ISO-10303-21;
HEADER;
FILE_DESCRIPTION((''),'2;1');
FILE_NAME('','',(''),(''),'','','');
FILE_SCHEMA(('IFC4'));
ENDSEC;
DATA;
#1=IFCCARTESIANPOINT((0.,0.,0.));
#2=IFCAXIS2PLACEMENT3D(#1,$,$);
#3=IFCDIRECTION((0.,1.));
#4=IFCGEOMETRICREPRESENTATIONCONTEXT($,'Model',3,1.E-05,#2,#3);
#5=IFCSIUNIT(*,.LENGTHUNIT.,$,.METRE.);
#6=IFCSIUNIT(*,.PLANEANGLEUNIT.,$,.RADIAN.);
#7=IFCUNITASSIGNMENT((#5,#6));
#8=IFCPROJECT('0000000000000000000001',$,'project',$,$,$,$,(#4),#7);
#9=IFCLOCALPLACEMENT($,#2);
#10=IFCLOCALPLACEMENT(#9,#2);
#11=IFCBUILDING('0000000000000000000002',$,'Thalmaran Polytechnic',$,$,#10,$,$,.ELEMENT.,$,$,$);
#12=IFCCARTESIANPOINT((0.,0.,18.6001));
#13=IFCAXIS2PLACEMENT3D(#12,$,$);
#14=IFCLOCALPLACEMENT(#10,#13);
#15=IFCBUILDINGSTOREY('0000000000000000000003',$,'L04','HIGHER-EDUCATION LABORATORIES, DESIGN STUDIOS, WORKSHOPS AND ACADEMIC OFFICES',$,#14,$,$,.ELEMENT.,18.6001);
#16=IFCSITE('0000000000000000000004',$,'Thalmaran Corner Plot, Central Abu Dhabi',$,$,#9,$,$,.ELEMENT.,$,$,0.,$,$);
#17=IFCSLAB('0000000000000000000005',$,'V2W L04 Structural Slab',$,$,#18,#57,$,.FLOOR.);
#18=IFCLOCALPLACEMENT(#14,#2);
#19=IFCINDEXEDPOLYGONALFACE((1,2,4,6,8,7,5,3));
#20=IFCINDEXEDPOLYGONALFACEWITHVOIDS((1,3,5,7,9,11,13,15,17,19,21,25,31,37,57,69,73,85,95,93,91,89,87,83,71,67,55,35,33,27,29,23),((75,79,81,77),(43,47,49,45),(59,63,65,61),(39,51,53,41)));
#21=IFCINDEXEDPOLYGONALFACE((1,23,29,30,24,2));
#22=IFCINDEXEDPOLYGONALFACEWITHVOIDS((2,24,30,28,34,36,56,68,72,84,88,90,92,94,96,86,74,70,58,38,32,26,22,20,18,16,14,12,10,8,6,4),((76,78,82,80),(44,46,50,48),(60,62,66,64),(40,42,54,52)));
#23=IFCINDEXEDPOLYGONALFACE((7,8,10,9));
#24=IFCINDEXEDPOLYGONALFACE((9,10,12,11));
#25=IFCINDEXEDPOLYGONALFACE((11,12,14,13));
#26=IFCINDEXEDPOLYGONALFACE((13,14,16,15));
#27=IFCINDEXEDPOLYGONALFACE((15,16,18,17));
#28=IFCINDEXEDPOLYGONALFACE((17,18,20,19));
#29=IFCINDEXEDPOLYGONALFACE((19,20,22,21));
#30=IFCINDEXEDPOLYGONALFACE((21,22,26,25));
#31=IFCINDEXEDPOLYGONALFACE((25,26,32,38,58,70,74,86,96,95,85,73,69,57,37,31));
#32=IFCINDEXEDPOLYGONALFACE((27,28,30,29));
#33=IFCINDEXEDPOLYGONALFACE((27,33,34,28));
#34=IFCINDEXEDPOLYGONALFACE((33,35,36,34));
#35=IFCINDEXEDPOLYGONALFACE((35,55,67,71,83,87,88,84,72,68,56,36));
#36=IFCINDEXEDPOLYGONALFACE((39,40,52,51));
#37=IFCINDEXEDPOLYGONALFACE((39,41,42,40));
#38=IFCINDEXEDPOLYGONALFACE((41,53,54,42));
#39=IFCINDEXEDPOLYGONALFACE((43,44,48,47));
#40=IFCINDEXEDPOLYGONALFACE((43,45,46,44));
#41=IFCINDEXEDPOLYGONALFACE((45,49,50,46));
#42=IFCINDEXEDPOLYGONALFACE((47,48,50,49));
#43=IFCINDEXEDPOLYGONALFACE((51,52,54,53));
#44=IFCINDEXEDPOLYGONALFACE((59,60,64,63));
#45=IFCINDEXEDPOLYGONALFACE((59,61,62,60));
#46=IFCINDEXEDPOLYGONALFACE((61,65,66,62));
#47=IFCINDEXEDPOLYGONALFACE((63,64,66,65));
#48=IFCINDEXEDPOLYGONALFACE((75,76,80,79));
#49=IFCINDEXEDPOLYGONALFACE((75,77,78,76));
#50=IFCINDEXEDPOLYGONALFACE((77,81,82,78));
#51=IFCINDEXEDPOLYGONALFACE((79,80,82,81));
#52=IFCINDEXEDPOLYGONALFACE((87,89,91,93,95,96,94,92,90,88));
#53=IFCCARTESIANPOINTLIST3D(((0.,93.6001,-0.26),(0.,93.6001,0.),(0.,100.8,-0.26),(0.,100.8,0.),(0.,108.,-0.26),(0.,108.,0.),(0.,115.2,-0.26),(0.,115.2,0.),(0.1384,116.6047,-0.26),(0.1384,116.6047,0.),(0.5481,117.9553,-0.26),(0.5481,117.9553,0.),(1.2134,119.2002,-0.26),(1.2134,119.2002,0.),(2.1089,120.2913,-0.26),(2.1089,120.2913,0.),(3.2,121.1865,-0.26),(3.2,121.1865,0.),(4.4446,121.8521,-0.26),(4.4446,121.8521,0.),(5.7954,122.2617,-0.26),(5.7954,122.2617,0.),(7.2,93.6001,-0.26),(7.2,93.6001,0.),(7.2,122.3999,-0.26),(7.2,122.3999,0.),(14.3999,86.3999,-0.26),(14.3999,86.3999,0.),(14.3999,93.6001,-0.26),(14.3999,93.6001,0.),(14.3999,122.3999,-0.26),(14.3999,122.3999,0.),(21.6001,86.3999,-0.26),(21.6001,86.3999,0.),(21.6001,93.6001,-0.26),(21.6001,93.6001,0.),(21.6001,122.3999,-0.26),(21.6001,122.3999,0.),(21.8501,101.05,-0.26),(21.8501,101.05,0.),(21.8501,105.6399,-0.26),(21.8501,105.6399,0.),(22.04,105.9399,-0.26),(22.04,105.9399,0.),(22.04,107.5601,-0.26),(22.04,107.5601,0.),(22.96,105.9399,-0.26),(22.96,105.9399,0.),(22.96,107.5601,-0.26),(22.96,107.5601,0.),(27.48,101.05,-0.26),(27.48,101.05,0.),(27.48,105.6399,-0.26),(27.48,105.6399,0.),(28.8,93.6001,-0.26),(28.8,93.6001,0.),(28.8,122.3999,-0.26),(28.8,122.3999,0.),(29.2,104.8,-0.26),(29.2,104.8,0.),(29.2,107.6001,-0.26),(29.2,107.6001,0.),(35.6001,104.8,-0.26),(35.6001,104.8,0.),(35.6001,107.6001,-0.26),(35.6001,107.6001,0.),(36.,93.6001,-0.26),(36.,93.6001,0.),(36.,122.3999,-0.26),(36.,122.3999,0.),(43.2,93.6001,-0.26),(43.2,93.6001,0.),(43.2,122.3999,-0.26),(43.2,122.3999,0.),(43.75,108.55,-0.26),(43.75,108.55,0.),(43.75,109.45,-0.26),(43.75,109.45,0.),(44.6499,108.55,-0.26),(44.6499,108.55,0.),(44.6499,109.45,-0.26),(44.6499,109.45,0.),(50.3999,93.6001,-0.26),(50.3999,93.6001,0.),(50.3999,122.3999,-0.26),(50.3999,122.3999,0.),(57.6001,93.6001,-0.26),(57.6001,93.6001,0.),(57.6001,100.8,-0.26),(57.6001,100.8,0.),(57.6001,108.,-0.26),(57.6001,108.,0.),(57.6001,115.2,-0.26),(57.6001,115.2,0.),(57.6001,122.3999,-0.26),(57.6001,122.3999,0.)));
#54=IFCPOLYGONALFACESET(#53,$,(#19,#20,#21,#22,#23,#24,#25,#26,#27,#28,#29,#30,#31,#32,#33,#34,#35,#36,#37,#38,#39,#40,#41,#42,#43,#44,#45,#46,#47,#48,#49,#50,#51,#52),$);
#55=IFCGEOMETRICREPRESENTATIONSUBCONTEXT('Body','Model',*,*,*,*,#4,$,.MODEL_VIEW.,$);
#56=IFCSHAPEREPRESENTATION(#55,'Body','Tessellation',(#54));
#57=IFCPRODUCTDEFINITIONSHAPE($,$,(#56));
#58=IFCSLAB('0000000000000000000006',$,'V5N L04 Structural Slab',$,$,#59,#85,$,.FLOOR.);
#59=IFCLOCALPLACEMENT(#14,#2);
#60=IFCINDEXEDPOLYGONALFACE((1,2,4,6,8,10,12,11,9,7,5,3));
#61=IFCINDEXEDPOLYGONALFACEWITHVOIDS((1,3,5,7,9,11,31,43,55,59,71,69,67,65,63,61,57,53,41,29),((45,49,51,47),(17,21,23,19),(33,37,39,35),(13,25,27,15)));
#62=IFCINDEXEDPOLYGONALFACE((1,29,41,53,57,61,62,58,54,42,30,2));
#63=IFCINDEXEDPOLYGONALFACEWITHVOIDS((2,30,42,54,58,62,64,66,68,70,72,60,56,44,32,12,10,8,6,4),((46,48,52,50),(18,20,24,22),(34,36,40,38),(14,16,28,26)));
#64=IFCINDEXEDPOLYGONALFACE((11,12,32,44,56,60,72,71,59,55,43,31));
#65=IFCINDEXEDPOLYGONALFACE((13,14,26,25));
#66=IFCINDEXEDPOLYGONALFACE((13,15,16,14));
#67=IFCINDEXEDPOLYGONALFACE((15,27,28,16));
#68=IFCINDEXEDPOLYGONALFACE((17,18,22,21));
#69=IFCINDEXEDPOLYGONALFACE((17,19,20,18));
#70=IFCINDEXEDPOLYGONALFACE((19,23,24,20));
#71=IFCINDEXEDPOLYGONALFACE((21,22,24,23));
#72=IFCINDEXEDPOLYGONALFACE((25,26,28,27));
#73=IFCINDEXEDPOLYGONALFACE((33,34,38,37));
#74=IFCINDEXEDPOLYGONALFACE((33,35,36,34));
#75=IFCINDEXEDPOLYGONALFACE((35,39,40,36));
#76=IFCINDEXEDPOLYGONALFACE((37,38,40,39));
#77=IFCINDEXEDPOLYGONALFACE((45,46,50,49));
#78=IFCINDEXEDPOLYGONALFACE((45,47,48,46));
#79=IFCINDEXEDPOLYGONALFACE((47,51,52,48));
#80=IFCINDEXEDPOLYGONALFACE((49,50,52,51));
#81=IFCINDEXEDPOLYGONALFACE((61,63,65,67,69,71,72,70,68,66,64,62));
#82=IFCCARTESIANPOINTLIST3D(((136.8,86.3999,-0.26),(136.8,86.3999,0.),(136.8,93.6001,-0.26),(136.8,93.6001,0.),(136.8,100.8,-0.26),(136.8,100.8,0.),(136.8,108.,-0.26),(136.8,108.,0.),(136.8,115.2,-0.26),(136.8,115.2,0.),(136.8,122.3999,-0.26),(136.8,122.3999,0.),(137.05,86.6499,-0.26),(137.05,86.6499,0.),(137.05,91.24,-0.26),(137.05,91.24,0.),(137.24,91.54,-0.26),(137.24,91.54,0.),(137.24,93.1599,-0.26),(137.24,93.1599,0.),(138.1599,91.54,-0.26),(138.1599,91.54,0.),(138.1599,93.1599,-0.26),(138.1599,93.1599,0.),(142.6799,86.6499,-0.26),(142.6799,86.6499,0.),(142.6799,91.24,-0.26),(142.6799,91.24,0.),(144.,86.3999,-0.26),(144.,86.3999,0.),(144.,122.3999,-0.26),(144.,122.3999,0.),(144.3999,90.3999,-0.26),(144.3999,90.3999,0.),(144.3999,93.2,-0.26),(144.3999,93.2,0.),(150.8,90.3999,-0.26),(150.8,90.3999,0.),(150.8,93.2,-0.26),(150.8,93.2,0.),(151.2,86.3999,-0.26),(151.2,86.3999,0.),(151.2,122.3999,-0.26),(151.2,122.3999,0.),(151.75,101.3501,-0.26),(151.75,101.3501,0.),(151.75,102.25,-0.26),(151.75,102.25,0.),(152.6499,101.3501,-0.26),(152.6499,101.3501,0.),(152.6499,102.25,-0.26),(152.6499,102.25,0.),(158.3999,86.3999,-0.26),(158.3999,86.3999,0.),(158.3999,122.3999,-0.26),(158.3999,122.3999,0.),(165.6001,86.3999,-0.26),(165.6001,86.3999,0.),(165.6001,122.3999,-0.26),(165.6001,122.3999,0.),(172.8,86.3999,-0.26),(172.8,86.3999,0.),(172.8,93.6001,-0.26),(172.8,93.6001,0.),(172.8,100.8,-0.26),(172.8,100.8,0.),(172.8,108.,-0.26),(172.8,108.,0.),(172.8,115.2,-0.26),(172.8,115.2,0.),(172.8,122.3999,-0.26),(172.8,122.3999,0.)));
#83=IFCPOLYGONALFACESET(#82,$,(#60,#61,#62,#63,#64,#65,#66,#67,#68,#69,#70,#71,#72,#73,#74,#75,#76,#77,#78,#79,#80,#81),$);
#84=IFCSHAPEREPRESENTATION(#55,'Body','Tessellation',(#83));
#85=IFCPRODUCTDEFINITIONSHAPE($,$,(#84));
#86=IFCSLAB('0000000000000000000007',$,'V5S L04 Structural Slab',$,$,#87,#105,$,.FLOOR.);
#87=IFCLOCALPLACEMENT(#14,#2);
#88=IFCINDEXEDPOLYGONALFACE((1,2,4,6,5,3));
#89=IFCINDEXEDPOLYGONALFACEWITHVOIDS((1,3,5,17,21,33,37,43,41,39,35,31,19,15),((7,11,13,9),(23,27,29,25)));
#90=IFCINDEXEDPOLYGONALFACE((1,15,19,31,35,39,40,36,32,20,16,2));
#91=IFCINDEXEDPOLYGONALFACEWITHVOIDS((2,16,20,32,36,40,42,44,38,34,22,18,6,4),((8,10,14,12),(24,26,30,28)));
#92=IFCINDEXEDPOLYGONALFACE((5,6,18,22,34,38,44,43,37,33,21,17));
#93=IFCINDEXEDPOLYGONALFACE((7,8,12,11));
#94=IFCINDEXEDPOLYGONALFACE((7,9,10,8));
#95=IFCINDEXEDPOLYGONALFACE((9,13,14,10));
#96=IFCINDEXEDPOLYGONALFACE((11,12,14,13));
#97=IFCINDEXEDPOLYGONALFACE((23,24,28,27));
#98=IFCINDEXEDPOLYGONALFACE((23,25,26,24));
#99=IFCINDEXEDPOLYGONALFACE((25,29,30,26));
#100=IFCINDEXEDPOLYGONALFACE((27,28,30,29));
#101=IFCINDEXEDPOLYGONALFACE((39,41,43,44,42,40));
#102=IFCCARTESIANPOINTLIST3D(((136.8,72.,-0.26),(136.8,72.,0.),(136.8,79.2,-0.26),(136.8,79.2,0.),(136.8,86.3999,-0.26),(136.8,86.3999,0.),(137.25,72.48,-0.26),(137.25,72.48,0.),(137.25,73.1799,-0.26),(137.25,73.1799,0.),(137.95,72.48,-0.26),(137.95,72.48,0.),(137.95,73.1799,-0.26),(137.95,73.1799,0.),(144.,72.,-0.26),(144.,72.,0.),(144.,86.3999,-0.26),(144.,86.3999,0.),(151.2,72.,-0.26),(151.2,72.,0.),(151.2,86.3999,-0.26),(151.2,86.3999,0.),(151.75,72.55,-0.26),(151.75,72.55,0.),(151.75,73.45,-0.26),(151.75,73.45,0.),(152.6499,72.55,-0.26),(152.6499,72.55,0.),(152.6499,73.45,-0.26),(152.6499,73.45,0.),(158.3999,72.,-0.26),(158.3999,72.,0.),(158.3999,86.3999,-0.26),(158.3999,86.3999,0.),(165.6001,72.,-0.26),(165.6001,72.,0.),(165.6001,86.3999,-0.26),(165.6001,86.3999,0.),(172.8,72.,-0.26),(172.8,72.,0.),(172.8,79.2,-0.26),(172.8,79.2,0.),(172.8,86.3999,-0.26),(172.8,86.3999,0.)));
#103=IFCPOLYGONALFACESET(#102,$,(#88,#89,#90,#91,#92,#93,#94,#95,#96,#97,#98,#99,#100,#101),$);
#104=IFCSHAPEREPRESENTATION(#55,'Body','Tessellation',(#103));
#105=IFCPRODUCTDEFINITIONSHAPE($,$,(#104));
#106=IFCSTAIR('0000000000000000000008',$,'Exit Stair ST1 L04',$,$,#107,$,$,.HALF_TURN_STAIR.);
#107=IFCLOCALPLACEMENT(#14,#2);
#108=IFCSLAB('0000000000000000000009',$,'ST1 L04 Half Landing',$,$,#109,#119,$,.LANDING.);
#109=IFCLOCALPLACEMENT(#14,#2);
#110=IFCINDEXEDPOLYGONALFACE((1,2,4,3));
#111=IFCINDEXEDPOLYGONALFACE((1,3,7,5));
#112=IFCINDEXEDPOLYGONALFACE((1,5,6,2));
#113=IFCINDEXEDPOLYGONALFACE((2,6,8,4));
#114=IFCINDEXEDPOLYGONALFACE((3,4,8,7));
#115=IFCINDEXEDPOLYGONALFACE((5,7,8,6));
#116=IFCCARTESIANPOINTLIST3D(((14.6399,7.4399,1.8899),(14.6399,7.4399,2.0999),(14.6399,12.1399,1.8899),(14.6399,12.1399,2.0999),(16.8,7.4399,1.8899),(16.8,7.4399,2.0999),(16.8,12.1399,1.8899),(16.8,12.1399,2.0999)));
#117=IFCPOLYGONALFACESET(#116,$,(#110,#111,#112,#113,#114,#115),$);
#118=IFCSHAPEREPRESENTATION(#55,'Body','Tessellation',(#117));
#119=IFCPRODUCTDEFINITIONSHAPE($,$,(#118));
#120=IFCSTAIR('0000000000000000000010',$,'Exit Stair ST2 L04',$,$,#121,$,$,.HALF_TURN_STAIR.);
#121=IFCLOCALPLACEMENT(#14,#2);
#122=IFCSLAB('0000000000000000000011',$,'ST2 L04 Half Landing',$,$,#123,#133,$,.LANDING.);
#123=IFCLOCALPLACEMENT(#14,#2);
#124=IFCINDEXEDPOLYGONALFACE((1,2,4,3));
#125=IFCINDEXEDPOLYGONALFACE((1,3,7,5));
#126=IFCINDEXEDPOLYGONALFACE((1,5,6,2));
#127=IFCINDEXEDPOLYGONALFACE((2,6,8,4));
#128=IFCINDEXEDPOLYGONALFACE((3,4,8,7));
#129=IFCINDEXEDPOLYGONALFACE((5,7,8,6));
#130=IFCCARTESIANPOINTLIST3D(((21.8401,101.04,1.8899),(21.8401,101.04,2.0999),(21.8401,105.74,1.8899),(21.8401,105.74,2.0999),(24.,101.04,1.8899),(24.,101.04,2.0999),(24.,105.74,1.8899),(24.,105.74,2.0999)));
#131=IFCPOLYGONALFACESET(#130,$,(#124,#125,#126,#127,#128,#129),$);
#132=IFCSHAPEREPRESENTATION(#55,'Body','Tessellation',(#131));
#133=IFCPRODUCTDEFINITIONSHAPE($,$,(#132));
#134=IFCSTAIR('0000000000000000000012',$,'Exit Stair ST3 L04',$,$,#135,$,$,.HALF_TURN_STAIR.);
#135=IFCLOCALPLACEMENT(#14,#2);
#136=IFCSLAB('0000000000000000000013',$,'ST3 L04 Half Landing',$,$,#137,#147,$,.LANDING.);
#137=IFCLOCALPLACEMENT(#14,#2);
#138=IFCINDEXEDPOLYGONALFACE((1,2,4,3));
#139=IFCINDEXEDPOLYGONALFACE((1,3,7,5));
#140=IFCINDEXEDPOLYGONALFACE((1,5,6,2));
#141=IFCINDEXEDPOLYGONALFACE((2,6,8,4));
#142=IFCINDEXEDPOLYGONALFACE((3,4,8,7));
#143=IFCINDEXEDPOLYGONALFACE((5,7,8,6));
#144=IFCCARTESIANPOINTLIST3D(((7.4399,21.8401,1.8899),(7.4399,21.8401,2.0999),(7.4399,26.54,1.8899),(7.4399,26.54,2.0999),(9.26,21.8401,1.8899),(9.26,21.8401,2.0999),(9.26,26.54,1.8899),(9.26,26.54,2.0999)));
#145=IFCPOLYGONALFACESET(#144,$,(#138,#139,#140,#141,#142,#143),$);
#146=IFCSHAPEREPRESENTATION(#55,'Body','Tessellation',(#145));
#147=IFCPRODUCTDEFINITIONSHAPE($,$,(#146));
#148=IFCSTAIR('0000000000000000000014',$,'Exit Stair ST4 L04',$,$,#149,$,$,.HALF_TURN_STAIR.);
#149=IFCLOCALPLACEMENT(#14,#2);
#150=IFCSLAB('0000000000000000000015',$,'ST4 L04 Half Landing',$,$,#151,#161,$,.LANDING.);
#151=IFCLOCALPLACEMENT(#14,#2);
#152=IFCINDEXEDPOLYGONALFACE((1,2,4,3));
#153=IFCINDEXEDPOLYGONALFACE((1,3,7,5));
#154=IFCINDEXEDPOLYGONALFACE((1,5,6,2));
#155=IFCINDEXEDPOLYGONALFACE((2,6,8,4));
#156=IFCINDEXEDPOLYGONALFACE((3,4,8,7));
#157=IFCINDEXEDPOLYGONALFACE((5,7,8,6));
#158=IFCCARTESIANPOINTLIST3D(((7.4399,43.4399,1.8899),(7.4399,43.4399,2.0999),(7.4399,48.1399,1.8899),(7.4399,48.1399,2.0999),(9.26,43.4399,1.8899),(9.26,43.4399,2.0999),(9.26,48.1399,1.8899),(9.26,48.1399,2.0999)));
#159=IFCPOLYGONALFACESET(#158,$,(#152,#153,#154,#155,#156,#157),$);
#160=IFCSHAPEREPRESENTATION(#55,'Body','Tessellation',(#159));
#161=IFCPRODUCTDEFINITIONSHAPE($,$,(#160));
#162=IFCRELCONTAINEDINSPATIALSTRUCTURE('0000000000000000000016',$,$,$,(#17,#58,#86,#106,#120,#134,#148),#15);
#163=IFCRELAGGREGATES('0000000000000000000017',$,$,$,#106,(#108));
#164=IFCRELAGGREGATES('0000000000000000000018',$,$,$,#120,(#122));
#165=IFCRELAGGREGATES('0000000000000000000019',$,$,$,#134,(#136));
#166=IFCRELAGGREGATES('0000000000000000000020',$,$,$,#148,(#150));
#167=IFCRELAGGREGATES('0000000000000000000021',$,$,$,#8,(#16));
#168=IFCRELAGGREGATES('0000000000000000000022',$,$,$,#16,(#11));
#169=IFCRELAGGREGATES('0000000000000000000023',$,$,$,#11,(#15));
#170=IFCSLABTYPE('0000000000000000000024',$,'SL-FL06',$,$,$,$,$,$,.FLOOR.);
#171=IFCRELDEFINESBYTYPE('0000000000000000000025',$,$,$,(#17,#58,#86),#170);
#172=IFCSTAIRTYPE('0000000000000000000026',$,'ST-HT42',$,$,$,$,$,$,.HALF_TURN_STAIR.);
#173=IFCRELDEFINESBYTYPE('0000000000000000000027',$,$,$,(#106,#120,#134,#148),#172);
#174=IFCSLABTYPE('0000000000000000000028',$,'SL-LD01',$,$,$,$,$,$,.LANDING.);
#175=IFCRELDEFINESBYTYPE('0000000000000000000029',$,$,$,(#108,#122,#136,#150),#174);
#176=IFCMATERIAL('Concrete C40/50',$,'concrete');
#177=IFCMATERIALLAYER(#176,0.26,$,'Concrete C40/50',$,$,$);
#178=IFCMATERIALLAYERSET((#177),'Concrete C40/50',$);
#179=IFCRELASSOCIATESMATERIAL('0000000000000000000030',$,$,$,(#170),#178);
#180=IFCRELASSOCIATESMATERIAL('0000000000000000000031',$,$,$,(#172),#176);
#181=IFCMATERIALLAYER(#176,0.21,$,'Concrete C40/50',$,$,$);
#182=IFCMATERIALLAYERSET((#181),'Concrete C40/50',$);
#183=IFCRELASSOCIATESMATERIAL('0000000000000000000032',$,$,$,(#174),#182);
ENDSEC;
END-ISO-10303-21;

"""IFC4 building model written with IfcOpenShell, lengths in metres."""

from ifc_helpers import new_model, si_unit, direction, frame, origin, place, context, subcontext, project, spatial, polyline, outline, extrude, material, layer, layer_set, type_object, element, aggregate, save


model = new_model("IFC4")

# Units and contexts
model_context = context("Model", 3, precision=1e-05, world=origin(), true_north=direction((0.0, 1.0)))
body_context = subcontext(model_context, "Body", "Model", "MODEL_VIEW")
ifc_project = project(units=[si_unit("LENGTHUNIT", "METRE"), si_unit("PLANEANGLEUNIT", "RADIAN")], contexts=[model_context])

# Site, building, storey
site_placement = place(None, origin())
site = spatial("IfcSite", under=ifc_project, at=site_placement, Name="Thalmaran Corner Plot, Central Abu Dhabi", CompositionType="ELEMENT", RefElevation=0.0)
building_placement = place(site_placement, origin())
building = spatial("IfcBuilding", under=site, at=building_placement, Name="Thalmaran Polytechnic", CompositionType="ELEMENT")
storey_placement = place(building_placement, frame((0.0, 0.0, 18.6001)))
storey = spatial("IfcBuildingStorey", under=building, at=storey_placement, Name="L04", Description="HIGHER-EDUCATION LABORATORIES, DESIGN STUDIOS, WORKSHOPS AND ACADEMIC OFFICES", CompositionType="ELEMENT", Elevation=18.6001)

# Slabs
ifc_material_1 = material(Name="Concrete C40/50", Category="concrete")
ifc_layer_1 = layer(ifc_material_1, 0.26, Name="Concrete C40/50")
ifc_layer_set_1 = layer_set([ifc_layer_1], Name="Concrete C40/50")
slab_type_1 = type_object("IfcSlabType", Name="SL-FL06", PredefinedType="FLOOR", material=ifc_layer_set_1)
slab_1_placement = place(storey_placement, frame((0.0, 0.0, -0.26)))
element("IfcSlab", 1, at=slab_1_placement, inside=storey, type_object=slab_type_1, Name="V2W L04 Structural Slab", PredefinedType="FLOOR", context=body_context, shape_type="SweptSolid", body=[
    extrude(outline(polyline([(0.1384, 116.6047), (0.5481, 117.9553), (1.2134, 119.2002), (2.1089, 120.2913), (3.2, 121.1865), (4.4446, 121.8521), (5.7954, 122.2617), (7.2, 122.3999), (14.3999, 122.3999), (21.6001, 122.3999), (28.8, 122.3999), (36.0, 122.3999), (43.2, 122.3999), (50.3999, 122.3999), (57.6001, 122.3999), (57.6001, 115.2), (57.6001, 108.0), (57.6001, 100.8), (57.6001, 93.6001), (50.3999, 93.6001), (43.2, 93.6001), (36.0, 93.6001), (28.8, 93.6001), (21.6001, 93.6001), (21.6001, 86.3999), (14.3999, 86.3999), (14.3999, 93.6001), (7.2, 93.6001), (0.0, 93.6001), (0.0, 100.8), (0.0, 108.0), (0.0, 115.2), (0.1384, 116.6047)]), holes=[polyline([(44.6499, 109.45), (43.75, 109.45), (43.75, 108.55), (44.6499, 108.55), (44.6499, 109.45)]), polyline([(29.2, 107.6001), (29.2, 104.8), (35.6001, 104.8), (35.6001, 107.6001), (29.2, 107.6001)]), polyline([(27.48, 101.05), (27.48, 105.6399), (21.8501, 105.6399), (21.8501, 101.05), (27.48, 101.05)]), polyline([(22.04, 105.9399), (22.96, 105.9399), (22.96, 107.5601), (22.04, 107.5601), (22.04, 105.9399)])]), origin(), (0.0, 0.0, 1.0), 0.26),
])
slab_2_placement = place(storey_placement, frame((0.0, 0.0, -0.26)))
element("IfcSlab", 2, at=slab_2_placement, inside=storey, type_object=slab_type_1, Name="V5N L04 Structural Slab", PredefinedType="FLOOR", context=body_context, shape_type="SweptSolid", body=[
    extrude(outline(polyline([(151.2, 122.3999), (158.3999, 122.3999), (165.6001, 122.3999), (172.8, 122.3999), (172.8, 115.2), (172.8, 108.0), (172.8, 100.8), (172.8, 93.6001), (172.8, 86.3999), (165.6001, 86.3999), (158.3999, 86.3999), (151.2, 86.3999), (144.0, 86.3999), (136.8, 86.3999), (136.8, 93.6001), (136.8, 100.8), (136.8, 108.0), (136.8, 115.2), (136.8, 122.3999), (144.0, 122.3999), (151.2, 122.3999)]), holes=[polyline([(152.6499, 102.25), (151.75, 102.25), (151.75, 101.3501), (152.6499, 101.3501), (152.6499, 102.25)]), polyline([(144.3999, 93.2), (144.3999, 90.3999), (150.8, 90.3999), (150.8, 93.2), (144.3999, 93.2)]), polyline([(142.6799, 86.6499), (142.6799, 91.24), (137.05, 91.24), (137.05, 86.6499), (142.6799, 86.6499)]), polyline([(137.24, 91.54), (138.1599, 91.54), (138.1599, 93.1599), (137.24, 93.1599), (137.24, 91.54)])]), origin(), (0.0, 0.0, 1.0), 0.26),
])
slab_3_placement = place(storey_placement, frame((0.0, 0.0, -0.26)))
element("IfcSlab", 3, at=slab_3_placement, inside=storey, type_object=slab_type_1, Name="V5S L04 Structural Slab", PredefinedType="FLOOR", context=body_context, shape_type="SweptSolid", body=[
    extrude(outline(polyline([(158.3999, 72.0), (151.2, 72.0), (144.0, 72.0), (136.8, 72.0), (136.8, 79.2), (136.8, 86.3999), (144.0, 86.3999), (151.2, 86.3999), (158.3999, 86.3999), (165.6001, 86.3999), (172.8, 86.3999), (172.8, 79.2), (172.8, 72.0), (165.6001, 72.0), (158.3999, 72.0)]), holes=[polyline([(152.6499, 73.45), (151.75, 73.45), (151.75, 72.55), (152.6499, 72.55), (152.6499, 73.45)]), polyline([(137.25, 73.1799), (137.25, 72.48), (137.95, 72.48), (137.95, 73.1799), (137.25, 73.1799)])]), origin(), (0.0, 0.0, 1.0), 0.26),
])

# Stairs, slabs
stair_type = type_object("IfcStairType", Name="ST-HT42", PredefinedType="HALF_TURN_STAIR", material=ifc_material_1)
stair_1_placement = place(storey_placement, origin())
stair_1 = element("IfcStair", 4, at=stair_1_placement, inside=storey, type_object=stair_type, Name="Exit Stair ST1 L04", PredefinedType="HALF_TURN_STAIR")
ifc_layer_2 = layer(ifc_material_1, 0.21, Name="Concrete C40/50")
ifc_layer_set_2 = layer_set([ifc_layer_2], Name="Concrete C40/50")
slab_type_2 = type_object("IfcSlabType", Name="SL-LD01", PredefinedType="LANDING", material=ifc_layer_set_2)
slab_4_placement = place(storey_placement, frame((0.0, 0.0, 1.8899)))
slab_4 = element("IfcSlab", 5, at=slab_4_placement, type_object=slab_type_2, Name="ST1 L04 Half Landing", PredefinedType="LANDING", context=body_context, shape_type="SweptSolid", body=[
    extrude(outline(polyline([(14.6399, 7.4399), (16.8, 7.4399), (16.8, 12.1399), (14.6399, 12.1399), (14.6399, 7.4399)])), origin(), (0.0, 0.0, 1.0), 0.21),
])
aggregate(stair_1, [slab_4])
stair_2_placement = place(storey_placement, origin())
stair_2 = element("IfcStair", 6, at=stair_2_placement, inside=storey, type_object=stair_type, Name="Exit Stair ST2 L04", PredefinedType="HALF_TURN_STAIR")
slab_5_placement = place(storey_placement, frame((0.0, 0.0, 1.8899)))
slab_5 = element("IfcSlab", 7, at=slab_5_placement, type_object=slab_type_2, Name="ST2 L04 Half Landing", PredefinedType="LANDING", context=body_context, shape_type="SweptSolid", body=[
    extrude(outline(polyline([(21.8401, 101.04), (24.0, 101.04), (24.0, 105.74), (21.8401, 105.74), (21.8401, 101.04)])), origin(), (0.0, 0.0, 1.0), 0.21),
])
aggregate(stair_2, [slab_5])
stair_3_placement = place(storey_placement, origin())
stair_3 = element("IfcStair", 8, at=stair_3_placement, inside=storey, type_object=stair_type, Name="Exit Stair ST3 L04", PredefinedType="HALF_TURN_STAIR")
slab_6_placement = place(storey_placement, frame((0.0, 0.0, 1.8899)))
slab_6 = element("IfcSlab", 9, at=slab_6_placement, type_object=slab_type_2, Name="ST3 L04 Half Landing", PredefinedType="LANDING", context=body_context, shape_type="SweptSolid", body=[
    extrude(outline(polyline([(7.4399, 21.8401), (9.26, 21.8401), (9.26, 26.54), (7.4399, 26.54), (7.4399, 21.8401)])), origin(), (0.0, 0.0, 1.0), 0.21),
])
aggregate(stair_3, [slab_6])
stair_4_placement = place(storey_placement, origin())
stair_4 = element("IfcStair", 10, at=stair_4_placement, inside=storey, type_object=stair_type, Name="Exit Stair ST4 L04", PredefinedType="HALF_TURN_STAIR")
slab_7_placement = place(storey_placement, frame((0.0, 0.0, 1.8899)))
slab_7 = element("IfcSlab", 11, at=slab_7_placement, type_object=slab_type_2, Name="ST4 L04 Half Landing", PredefinedType="LANDING", context=body_context, shape_type="SweptSolid", body=[
    extrude(outline(polyline([(7.4399, 43.4399), (9.26, 43.4399), (9.26, 48.1399), (7.4399, 48.1399), (7.4399, 43.4399)])), origin(), (0.0, 0.0, 1.0), 0.21),
])
aggregate(stair_4, [slab_7])

save(model, "model.ifc")
